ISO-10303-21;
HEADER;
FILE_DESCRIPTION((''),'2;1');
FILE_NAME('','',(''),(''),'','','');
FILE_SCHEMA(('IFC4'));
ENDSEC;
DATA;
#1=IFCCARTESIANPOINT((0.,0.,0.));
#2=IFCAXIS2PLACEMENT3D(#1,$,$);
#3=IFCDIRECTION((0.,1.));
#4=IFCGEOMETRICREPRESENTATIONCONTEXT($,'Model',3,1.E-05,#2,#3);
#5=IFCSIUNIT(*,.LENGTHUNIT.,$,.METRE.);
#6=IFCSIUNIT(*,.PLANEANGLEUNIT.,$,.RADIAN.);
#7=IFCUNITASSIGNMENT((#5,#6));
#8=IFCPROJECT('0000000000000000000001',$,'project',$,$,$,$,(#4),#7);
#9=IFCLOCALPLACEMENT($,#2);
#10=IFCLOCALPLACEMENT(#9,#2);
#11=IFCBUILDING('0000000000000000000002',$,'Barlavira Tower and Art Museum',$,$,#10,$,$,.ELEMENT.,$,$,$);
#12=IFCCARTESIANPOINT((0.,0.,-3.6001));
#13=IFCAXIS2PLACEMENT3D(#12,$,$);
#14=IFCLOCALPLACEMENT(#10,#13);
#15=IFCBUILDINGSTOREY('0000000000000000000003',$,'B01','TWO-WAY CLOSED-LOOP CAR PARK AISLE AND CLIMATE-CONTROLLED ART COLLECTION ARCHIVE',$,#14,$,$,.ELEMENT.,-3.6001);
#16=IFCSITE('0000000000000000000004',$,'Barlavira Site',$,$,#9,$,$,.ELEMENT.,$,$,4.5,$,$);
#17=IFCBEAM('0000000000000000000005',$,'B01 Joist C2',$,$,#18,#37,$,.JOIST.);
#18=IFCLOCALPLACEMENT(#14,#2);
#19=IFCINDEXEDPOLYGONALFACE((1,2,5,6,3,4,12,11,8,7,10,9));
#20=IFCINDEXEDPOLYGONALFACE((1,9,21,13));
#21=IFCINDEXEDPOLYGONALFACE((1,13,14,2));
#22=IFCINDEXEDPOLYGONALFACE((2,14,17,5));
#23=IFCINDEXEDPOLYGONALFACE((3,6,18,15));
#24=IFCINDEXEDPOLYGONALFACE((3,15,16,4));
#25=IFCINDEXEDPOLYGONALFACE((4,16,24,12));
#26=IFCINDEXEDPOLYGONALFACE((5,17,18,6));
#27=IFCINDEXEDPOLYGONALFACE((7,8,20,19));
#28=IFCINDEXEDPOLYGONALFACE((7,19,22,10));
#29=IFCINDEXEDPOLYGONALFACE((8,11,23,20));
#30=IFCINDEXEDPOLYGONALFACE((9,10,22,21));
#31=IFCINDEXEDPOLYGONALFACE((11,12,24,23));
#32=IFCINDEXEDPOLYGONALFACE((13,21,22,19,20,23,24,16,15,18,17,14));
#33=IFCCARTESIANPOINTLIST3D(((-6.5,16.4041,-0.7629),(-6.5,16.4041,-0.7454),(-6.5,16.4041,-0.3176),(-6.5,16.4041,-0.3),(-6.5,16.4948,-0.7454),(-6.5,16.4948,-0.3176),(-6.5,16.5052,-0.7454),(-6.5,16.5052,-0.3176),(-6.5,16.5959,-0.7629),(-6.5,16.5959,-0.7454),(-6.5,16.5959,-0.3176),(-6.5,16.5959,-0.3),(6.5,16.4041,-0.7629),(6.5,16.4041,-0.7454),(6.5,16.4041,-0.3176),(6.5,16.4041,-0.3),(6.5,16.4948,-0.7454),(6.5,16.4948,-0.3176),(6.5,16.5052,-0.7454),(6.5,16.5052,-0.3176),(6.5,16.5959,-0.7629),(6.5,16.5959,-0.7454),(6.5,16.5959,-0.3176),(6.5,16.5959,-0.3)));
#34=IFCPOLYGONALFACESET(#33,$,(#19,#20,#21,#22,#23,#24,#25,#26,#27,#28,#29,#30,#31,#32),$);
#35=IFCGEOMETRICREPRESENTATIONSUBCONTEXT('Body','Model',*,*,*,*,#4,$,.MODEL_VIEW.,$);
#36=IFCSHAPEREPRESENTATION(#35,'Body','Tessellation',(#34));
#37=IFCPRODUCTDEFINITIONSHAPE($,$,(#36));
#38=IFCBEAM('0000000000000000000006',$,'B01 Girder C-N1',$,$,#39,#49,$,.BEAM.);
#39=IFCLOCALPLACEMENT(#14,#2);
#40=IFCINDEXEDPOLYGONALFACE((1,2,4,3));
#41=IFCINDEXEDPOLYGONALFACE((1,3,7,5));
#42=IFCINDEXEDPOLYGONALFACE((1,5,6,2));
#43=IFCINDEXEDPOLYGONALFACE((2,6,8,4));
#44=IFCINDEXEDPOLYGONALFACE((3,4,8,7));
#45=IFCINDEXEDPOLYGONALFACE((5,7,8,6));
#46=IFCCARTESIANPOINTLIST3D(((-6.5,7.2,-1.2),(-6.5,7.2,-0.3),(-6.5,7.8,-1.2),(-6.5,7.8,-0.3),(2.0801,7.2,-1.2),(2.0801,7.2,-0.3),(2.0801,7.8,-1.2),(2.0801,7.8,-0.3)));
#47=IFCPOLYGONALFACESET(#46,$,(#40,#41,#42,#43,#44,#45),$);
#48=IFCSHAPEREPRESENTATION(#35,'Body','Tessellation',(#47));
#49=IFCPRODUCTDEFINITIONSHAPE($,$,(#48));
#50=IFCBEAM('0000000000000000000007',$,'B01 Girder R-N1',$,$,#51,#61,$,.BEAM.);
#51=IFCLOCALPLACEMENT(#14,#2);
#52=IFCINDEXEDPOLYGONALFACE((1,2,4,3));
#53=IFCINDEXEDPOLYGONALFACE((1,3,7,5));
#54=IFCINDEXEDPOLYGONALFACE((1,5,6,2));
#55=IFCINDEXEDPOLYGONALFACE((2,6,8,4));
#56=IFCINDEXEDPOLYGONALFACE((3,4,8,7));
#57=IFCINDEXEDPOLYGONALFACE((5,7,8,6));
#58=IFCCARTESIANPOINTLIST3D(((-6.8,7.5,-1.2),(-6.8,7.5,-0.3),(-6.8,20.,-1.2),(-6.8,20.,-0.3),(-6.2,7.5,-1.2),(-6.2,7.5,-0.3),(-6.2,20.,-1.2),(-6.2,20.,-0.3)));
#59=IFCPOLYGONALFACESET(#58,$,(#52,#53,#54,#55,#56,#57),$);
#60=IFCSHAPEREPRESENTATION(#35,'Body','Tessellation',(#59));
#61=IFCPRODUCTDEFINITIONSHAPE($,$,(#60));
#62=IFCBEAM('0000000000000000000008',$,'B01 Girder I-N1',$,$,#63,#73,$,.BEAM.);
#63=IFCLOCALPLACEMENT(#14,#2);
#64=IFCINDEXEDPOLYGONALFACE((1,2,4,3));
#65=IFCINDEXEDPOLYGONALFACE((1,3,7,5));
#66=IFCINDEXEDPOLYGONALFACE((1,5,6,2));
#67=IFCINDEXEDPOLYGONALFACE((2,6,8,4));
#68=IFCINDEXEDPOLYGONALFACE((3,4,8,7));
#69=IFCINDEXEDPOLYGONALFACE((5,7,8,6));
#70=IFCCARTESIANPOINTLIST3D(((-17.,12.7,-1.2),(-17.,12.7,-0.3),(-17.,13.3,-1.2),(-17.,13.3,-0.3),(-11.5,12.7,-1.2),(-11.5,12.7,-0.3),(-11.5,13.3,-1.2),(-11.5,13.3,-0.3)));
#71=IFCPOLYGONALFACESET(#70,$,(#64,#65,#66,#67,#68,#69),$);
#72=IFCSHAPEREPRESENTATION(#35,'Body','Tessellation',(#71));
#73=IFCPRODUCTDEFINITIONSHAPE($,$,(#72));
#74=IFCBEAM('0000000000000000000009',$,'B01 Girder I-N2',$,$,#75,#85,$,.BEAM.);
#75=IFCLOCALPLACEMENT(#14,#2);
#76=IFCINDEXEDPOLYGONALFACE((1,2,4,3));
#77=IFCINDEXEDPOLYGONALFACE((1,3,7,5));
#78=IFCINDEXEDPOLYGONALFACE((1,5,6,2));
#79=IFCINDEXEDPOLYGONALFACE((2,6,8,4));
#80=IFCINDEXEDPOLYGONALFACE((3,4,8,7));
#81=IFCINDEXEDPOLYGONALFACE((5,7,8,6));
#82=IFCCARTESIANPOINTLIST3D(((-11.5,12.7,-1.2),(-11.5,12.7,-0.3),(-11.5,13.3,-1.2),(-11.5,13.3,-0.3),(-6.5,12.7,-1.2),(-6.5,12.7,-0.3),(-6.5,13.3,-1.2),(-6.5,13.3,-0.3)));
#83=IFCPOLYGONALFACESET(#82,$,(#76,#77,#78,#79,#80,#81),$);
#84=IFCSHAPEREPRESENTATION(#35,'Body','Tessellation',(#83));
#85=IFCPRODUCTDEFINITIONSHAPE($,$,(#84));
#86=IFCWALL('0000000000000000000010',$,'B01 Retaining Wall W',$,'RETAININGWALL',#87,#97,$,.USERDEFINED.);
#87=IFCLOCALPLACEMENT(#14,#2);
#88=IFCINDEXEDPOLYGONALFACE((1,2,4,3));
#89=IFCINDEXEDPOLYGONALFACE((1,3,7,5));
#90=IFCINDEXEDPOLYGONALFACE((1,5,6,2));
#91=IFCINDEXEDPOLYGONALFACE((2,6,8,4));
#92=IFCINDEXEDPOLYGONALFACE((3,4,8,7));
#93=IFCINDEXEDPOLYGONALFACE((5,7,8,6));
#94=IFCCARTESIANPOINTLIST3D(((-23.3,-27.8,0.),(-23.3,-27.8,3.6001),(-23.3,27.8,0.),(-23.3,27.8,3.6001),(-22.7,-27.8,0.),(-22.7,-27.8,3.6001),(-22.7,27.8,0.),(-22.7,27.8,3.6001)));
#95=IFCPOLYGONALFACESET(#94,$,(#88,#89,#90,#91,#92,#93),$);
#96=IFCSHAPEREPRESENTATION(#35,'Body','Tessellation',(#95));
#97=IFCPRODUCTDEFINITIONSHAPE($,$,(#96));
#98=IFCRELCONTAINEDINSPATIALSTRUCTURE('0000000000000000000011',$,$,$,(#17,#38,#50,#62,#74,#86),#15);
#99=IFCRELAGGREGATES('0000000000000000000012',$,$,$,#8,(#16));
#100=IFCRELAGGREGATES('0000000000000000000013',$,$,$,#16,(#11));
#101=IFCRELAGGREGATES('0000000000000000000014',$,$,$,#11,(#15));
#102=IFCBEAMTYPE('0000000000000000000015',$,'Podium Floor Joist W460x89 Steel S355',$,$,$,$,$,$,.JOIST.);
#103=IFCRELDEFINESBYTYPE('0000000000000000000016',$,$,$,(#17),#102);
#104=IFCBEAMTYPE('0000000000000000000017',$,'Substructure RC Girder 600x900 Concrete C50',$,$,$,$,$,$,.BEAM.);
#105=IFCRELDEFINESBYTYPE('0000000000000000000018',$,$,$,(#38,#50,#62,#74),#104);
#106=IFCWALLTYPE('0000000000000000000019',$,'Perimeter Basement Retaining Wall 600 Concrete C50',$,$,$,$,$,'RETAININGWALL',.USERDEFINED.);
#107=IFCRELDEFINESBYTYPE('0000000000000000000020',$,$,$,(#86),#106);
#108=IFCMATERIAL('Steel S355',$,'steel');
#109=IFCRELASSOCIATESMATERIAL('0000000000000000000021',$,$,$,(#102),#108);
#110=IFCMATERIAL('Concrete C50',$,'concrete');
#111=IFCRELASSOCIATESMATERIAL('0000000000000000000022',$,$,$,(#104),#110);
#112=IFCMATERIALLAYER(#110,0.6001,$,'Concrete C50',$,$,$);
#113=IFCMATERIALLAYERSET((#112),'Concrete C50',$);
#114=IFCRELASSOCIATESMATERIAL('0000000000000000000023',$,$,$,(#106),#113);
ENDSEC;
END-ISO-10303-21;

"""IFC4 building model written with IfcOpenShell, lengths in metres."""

from ifc_helpers import new_model, si_unit, direction, frame, frame_2d, origin, origin_2d, place, context, subcontext, project, spatial, rectangle, i_section, extrude, material, layer, layer_set, material_profile, profile_set, type_object, element, save


model = new_model("IFC4")

# Units and contexts
model_context = context("Model", 3, precision=1e-05, world=origin(), true_north=direction((0.0, 1.0)))
body_context = subcontext(model_context, "Body", "Model", "MODEL_VIEW")
ifc_project = project(units=[si_unit("LENGTHUNIT", "METRE"), si_unit("PLANEANGLEUNIT", "RADIAN")], contexts=[model_context])

# Site, building, storey
site_placement = place(None, origin())
site = spatial("IfcSite", under=ifc_project, at=site_placement, Name="Barlavira Site", CompositionType="ELEMENT", RefElevation=4.5)
building_placement = place(site_placement, origin())
building = spatial("IfcBuilding", under=site, at=building_placement, Name="Barlavira Tower and Art Museum", CompositionType="ELEMENT")
storey_placement = place(building_placement, frame((0.0, 0.0, -3.6001)))
storey = spatial("IfcBuildingStorey", under=building, at=storey_placement, Name="B01", Description="TWO-WAY CLOSED-LOOP CAR PARK AISLE AND CLIMATE-CONTROLLED ART COLLECTION ARCHIVE", CompositionType="ELEMENT", Elevation=-3.6001)

# Shared definitions
ifc_material_1 = material(Name="Concrete C50", Category="concrete")

# Beams
ifc_material_2 = material(Name="Steel S355", Category="steel")
ifc_material_profile_1 = material_profile(ifc_material_2, i_section(OverallWidth=0.1919, OverallDepth=0.4629, WebThickness=0.0105, FlangeThickness=0.0176, at=origin_2d()), Name="W460x89.0")
ifc_profile_set_1 = profile_set([ifc_material_profile_1], Name="Steel S355")
beam_type_1 = type_object("IfcBeamType", Name="Podium Floor Joist W460x89 Steel S355", PredefinedType="JOIST", material=ifc_profile_set_1)
beam_1_placement = place(storey_placement, frame((-6.5, 16.5, -0.5315), z_axis=(1.0, 0.0, 0.0), x_axis=(0.0, 1.0, 0.0)))
element("IfcBeam", 1, at=beam_1_placement, inside=storey, type_object=beam_type_1, Name="B01 Joist C2", PredefinedType="JOIST", context=body_context, shape_type="SweptSolid", body=[
    extrude(i_section(OverallWidth=0.1919, OverallDepth=0.4629, WebThickness=0.0105, FlangeThickness=0.0176, at=origin_2d()), origin(), (0.0, 0.0, 1.0), 13.0),
])
ifc_material_profile_2 = material_profile(ifc_material_1, rectangle(XDim=0.6001, YDim=0.8999, at=origin_2d()), Name="RC-BM 600x900")
ifc_profile_set_2 = profile_set([ifc_material_profile_2], Name="Concrete C50")
beam_type_2 = type_object("IfcBeamType", Name="Substructure RC Girder 600x900 Concrete C50", PredefinedType="BEAM", material=ifc_profile_set_2)
beam_2_placement = place(storey_placement, frame((-6.5, 7.5, -0.75), z_axis=(1.0, 0.0, 0.0), x_axis=(0.0, 1.0, 0.0)))
element("IfcBeam", 2, at=beam_2_placement, inside=storey, type_object=beam_type_2, Name="B01 Girder C-N1", PredefinedType="BEAM", context=body_context, shape_type="SweptSolid", body=[
    extrude(rectangle(XDim=0.6001, YDim=0.8999, at=origin_2d()), origin(), (0.0, 0.0, 1.0), 8.5801),
])
beam_3_placement = place(storey_placement, frame((-6.5, 7.5, -0.75), z_axis=(0.0, 1.0, 0.0), x_axis=(-1.0, 0.0, 0.0)))
element("IfcBeam", 3, at=beam_3_placement, inside=storey, type_object=beam_type_2, Name="B01 Girder R-N1", PredefinedType="BEAM", context=body_context, shape_type="SweptSolid", body=[
    extrude(rectangle(XDim=0.6001, YDim=0.8999, at=origin_2d()), origin(), (0.0, 0.0, 1.0), 12.5),
])
beam_4_placement = place(storey_placement, frame((-17.0, 13.0, -0.75), z_axis=(1.0, 0.0, 0.0), x_axis=(0.0, 1.0, 0.0)))
element("IfcBeam", 4, at=beam_4_placement, inside=storey, type_object=beam_type_2, Name="B01 Girder I-N1", PredefinedType="BEAM", context=body_context, shape_type="SweptSolid", body=[
    extrude(rectangle(XDim=0.6001, YDim=0.8999, at=origin_2d()), origin(), (0.0, 0.0, 1.0), 5.5),
])
beam_5_placement = place(storey_placement, frame((-11.5, 13.0, -0.75), z_axis=(1.0, 0.0, 0.0), x_axis=(0.0, 1.0, 0.0)))
element("IfcBeam", 5, at=beam_5_placement, inside=storey, type_object=beam_type_2, Name="B01 Girder I-N2", PredefinedType="BEAM", context=body_context, shape_type="SweptSolid", body=[
    extrude(rectangle(XDim=0.6001, YDim=0.8999, at=origin_2d()), origin(), (0.0, 0.0, 1.0), 5.0),
])

# Wall
ifc_layer = layer(ifc_material_1, 0.6001, Name="Concrete C50")
ifc_layer_set = layer_set([ifc_layer], Name="Concrete C50")
wall_type = type_object("IfcWallType", Name="Perimeter Basement Retaining Wall 600 Concrete C50", ElementType="RETAININGWALL", PredefinedType="USERDEFINED", material=ifc_layer_set)
wall_placement = place(storey_placement, frame((-23.0, 27.8, 0.0), z_axis=(0.0, 0.0, 1.0), x_axis=(0.0, -1.0, 0.0)))
element("IfcWall", 6, at=wall_placement, inside=storey, type_object=wall_type, Name="B01 Retaining Wall W", ObjectType="RETAININGWALL", PredefinedType="USERDEFINED", context=body_context, shape_type="SweptSolid", body=[
    extrude(rectangle(XDim=55.6001, YDim=0.6001, at=frame_2d((27.8, 0.0))), origin(), (0.0, 0.0, 1.0), 3.6001),
])

save(model, "model.ifc")
